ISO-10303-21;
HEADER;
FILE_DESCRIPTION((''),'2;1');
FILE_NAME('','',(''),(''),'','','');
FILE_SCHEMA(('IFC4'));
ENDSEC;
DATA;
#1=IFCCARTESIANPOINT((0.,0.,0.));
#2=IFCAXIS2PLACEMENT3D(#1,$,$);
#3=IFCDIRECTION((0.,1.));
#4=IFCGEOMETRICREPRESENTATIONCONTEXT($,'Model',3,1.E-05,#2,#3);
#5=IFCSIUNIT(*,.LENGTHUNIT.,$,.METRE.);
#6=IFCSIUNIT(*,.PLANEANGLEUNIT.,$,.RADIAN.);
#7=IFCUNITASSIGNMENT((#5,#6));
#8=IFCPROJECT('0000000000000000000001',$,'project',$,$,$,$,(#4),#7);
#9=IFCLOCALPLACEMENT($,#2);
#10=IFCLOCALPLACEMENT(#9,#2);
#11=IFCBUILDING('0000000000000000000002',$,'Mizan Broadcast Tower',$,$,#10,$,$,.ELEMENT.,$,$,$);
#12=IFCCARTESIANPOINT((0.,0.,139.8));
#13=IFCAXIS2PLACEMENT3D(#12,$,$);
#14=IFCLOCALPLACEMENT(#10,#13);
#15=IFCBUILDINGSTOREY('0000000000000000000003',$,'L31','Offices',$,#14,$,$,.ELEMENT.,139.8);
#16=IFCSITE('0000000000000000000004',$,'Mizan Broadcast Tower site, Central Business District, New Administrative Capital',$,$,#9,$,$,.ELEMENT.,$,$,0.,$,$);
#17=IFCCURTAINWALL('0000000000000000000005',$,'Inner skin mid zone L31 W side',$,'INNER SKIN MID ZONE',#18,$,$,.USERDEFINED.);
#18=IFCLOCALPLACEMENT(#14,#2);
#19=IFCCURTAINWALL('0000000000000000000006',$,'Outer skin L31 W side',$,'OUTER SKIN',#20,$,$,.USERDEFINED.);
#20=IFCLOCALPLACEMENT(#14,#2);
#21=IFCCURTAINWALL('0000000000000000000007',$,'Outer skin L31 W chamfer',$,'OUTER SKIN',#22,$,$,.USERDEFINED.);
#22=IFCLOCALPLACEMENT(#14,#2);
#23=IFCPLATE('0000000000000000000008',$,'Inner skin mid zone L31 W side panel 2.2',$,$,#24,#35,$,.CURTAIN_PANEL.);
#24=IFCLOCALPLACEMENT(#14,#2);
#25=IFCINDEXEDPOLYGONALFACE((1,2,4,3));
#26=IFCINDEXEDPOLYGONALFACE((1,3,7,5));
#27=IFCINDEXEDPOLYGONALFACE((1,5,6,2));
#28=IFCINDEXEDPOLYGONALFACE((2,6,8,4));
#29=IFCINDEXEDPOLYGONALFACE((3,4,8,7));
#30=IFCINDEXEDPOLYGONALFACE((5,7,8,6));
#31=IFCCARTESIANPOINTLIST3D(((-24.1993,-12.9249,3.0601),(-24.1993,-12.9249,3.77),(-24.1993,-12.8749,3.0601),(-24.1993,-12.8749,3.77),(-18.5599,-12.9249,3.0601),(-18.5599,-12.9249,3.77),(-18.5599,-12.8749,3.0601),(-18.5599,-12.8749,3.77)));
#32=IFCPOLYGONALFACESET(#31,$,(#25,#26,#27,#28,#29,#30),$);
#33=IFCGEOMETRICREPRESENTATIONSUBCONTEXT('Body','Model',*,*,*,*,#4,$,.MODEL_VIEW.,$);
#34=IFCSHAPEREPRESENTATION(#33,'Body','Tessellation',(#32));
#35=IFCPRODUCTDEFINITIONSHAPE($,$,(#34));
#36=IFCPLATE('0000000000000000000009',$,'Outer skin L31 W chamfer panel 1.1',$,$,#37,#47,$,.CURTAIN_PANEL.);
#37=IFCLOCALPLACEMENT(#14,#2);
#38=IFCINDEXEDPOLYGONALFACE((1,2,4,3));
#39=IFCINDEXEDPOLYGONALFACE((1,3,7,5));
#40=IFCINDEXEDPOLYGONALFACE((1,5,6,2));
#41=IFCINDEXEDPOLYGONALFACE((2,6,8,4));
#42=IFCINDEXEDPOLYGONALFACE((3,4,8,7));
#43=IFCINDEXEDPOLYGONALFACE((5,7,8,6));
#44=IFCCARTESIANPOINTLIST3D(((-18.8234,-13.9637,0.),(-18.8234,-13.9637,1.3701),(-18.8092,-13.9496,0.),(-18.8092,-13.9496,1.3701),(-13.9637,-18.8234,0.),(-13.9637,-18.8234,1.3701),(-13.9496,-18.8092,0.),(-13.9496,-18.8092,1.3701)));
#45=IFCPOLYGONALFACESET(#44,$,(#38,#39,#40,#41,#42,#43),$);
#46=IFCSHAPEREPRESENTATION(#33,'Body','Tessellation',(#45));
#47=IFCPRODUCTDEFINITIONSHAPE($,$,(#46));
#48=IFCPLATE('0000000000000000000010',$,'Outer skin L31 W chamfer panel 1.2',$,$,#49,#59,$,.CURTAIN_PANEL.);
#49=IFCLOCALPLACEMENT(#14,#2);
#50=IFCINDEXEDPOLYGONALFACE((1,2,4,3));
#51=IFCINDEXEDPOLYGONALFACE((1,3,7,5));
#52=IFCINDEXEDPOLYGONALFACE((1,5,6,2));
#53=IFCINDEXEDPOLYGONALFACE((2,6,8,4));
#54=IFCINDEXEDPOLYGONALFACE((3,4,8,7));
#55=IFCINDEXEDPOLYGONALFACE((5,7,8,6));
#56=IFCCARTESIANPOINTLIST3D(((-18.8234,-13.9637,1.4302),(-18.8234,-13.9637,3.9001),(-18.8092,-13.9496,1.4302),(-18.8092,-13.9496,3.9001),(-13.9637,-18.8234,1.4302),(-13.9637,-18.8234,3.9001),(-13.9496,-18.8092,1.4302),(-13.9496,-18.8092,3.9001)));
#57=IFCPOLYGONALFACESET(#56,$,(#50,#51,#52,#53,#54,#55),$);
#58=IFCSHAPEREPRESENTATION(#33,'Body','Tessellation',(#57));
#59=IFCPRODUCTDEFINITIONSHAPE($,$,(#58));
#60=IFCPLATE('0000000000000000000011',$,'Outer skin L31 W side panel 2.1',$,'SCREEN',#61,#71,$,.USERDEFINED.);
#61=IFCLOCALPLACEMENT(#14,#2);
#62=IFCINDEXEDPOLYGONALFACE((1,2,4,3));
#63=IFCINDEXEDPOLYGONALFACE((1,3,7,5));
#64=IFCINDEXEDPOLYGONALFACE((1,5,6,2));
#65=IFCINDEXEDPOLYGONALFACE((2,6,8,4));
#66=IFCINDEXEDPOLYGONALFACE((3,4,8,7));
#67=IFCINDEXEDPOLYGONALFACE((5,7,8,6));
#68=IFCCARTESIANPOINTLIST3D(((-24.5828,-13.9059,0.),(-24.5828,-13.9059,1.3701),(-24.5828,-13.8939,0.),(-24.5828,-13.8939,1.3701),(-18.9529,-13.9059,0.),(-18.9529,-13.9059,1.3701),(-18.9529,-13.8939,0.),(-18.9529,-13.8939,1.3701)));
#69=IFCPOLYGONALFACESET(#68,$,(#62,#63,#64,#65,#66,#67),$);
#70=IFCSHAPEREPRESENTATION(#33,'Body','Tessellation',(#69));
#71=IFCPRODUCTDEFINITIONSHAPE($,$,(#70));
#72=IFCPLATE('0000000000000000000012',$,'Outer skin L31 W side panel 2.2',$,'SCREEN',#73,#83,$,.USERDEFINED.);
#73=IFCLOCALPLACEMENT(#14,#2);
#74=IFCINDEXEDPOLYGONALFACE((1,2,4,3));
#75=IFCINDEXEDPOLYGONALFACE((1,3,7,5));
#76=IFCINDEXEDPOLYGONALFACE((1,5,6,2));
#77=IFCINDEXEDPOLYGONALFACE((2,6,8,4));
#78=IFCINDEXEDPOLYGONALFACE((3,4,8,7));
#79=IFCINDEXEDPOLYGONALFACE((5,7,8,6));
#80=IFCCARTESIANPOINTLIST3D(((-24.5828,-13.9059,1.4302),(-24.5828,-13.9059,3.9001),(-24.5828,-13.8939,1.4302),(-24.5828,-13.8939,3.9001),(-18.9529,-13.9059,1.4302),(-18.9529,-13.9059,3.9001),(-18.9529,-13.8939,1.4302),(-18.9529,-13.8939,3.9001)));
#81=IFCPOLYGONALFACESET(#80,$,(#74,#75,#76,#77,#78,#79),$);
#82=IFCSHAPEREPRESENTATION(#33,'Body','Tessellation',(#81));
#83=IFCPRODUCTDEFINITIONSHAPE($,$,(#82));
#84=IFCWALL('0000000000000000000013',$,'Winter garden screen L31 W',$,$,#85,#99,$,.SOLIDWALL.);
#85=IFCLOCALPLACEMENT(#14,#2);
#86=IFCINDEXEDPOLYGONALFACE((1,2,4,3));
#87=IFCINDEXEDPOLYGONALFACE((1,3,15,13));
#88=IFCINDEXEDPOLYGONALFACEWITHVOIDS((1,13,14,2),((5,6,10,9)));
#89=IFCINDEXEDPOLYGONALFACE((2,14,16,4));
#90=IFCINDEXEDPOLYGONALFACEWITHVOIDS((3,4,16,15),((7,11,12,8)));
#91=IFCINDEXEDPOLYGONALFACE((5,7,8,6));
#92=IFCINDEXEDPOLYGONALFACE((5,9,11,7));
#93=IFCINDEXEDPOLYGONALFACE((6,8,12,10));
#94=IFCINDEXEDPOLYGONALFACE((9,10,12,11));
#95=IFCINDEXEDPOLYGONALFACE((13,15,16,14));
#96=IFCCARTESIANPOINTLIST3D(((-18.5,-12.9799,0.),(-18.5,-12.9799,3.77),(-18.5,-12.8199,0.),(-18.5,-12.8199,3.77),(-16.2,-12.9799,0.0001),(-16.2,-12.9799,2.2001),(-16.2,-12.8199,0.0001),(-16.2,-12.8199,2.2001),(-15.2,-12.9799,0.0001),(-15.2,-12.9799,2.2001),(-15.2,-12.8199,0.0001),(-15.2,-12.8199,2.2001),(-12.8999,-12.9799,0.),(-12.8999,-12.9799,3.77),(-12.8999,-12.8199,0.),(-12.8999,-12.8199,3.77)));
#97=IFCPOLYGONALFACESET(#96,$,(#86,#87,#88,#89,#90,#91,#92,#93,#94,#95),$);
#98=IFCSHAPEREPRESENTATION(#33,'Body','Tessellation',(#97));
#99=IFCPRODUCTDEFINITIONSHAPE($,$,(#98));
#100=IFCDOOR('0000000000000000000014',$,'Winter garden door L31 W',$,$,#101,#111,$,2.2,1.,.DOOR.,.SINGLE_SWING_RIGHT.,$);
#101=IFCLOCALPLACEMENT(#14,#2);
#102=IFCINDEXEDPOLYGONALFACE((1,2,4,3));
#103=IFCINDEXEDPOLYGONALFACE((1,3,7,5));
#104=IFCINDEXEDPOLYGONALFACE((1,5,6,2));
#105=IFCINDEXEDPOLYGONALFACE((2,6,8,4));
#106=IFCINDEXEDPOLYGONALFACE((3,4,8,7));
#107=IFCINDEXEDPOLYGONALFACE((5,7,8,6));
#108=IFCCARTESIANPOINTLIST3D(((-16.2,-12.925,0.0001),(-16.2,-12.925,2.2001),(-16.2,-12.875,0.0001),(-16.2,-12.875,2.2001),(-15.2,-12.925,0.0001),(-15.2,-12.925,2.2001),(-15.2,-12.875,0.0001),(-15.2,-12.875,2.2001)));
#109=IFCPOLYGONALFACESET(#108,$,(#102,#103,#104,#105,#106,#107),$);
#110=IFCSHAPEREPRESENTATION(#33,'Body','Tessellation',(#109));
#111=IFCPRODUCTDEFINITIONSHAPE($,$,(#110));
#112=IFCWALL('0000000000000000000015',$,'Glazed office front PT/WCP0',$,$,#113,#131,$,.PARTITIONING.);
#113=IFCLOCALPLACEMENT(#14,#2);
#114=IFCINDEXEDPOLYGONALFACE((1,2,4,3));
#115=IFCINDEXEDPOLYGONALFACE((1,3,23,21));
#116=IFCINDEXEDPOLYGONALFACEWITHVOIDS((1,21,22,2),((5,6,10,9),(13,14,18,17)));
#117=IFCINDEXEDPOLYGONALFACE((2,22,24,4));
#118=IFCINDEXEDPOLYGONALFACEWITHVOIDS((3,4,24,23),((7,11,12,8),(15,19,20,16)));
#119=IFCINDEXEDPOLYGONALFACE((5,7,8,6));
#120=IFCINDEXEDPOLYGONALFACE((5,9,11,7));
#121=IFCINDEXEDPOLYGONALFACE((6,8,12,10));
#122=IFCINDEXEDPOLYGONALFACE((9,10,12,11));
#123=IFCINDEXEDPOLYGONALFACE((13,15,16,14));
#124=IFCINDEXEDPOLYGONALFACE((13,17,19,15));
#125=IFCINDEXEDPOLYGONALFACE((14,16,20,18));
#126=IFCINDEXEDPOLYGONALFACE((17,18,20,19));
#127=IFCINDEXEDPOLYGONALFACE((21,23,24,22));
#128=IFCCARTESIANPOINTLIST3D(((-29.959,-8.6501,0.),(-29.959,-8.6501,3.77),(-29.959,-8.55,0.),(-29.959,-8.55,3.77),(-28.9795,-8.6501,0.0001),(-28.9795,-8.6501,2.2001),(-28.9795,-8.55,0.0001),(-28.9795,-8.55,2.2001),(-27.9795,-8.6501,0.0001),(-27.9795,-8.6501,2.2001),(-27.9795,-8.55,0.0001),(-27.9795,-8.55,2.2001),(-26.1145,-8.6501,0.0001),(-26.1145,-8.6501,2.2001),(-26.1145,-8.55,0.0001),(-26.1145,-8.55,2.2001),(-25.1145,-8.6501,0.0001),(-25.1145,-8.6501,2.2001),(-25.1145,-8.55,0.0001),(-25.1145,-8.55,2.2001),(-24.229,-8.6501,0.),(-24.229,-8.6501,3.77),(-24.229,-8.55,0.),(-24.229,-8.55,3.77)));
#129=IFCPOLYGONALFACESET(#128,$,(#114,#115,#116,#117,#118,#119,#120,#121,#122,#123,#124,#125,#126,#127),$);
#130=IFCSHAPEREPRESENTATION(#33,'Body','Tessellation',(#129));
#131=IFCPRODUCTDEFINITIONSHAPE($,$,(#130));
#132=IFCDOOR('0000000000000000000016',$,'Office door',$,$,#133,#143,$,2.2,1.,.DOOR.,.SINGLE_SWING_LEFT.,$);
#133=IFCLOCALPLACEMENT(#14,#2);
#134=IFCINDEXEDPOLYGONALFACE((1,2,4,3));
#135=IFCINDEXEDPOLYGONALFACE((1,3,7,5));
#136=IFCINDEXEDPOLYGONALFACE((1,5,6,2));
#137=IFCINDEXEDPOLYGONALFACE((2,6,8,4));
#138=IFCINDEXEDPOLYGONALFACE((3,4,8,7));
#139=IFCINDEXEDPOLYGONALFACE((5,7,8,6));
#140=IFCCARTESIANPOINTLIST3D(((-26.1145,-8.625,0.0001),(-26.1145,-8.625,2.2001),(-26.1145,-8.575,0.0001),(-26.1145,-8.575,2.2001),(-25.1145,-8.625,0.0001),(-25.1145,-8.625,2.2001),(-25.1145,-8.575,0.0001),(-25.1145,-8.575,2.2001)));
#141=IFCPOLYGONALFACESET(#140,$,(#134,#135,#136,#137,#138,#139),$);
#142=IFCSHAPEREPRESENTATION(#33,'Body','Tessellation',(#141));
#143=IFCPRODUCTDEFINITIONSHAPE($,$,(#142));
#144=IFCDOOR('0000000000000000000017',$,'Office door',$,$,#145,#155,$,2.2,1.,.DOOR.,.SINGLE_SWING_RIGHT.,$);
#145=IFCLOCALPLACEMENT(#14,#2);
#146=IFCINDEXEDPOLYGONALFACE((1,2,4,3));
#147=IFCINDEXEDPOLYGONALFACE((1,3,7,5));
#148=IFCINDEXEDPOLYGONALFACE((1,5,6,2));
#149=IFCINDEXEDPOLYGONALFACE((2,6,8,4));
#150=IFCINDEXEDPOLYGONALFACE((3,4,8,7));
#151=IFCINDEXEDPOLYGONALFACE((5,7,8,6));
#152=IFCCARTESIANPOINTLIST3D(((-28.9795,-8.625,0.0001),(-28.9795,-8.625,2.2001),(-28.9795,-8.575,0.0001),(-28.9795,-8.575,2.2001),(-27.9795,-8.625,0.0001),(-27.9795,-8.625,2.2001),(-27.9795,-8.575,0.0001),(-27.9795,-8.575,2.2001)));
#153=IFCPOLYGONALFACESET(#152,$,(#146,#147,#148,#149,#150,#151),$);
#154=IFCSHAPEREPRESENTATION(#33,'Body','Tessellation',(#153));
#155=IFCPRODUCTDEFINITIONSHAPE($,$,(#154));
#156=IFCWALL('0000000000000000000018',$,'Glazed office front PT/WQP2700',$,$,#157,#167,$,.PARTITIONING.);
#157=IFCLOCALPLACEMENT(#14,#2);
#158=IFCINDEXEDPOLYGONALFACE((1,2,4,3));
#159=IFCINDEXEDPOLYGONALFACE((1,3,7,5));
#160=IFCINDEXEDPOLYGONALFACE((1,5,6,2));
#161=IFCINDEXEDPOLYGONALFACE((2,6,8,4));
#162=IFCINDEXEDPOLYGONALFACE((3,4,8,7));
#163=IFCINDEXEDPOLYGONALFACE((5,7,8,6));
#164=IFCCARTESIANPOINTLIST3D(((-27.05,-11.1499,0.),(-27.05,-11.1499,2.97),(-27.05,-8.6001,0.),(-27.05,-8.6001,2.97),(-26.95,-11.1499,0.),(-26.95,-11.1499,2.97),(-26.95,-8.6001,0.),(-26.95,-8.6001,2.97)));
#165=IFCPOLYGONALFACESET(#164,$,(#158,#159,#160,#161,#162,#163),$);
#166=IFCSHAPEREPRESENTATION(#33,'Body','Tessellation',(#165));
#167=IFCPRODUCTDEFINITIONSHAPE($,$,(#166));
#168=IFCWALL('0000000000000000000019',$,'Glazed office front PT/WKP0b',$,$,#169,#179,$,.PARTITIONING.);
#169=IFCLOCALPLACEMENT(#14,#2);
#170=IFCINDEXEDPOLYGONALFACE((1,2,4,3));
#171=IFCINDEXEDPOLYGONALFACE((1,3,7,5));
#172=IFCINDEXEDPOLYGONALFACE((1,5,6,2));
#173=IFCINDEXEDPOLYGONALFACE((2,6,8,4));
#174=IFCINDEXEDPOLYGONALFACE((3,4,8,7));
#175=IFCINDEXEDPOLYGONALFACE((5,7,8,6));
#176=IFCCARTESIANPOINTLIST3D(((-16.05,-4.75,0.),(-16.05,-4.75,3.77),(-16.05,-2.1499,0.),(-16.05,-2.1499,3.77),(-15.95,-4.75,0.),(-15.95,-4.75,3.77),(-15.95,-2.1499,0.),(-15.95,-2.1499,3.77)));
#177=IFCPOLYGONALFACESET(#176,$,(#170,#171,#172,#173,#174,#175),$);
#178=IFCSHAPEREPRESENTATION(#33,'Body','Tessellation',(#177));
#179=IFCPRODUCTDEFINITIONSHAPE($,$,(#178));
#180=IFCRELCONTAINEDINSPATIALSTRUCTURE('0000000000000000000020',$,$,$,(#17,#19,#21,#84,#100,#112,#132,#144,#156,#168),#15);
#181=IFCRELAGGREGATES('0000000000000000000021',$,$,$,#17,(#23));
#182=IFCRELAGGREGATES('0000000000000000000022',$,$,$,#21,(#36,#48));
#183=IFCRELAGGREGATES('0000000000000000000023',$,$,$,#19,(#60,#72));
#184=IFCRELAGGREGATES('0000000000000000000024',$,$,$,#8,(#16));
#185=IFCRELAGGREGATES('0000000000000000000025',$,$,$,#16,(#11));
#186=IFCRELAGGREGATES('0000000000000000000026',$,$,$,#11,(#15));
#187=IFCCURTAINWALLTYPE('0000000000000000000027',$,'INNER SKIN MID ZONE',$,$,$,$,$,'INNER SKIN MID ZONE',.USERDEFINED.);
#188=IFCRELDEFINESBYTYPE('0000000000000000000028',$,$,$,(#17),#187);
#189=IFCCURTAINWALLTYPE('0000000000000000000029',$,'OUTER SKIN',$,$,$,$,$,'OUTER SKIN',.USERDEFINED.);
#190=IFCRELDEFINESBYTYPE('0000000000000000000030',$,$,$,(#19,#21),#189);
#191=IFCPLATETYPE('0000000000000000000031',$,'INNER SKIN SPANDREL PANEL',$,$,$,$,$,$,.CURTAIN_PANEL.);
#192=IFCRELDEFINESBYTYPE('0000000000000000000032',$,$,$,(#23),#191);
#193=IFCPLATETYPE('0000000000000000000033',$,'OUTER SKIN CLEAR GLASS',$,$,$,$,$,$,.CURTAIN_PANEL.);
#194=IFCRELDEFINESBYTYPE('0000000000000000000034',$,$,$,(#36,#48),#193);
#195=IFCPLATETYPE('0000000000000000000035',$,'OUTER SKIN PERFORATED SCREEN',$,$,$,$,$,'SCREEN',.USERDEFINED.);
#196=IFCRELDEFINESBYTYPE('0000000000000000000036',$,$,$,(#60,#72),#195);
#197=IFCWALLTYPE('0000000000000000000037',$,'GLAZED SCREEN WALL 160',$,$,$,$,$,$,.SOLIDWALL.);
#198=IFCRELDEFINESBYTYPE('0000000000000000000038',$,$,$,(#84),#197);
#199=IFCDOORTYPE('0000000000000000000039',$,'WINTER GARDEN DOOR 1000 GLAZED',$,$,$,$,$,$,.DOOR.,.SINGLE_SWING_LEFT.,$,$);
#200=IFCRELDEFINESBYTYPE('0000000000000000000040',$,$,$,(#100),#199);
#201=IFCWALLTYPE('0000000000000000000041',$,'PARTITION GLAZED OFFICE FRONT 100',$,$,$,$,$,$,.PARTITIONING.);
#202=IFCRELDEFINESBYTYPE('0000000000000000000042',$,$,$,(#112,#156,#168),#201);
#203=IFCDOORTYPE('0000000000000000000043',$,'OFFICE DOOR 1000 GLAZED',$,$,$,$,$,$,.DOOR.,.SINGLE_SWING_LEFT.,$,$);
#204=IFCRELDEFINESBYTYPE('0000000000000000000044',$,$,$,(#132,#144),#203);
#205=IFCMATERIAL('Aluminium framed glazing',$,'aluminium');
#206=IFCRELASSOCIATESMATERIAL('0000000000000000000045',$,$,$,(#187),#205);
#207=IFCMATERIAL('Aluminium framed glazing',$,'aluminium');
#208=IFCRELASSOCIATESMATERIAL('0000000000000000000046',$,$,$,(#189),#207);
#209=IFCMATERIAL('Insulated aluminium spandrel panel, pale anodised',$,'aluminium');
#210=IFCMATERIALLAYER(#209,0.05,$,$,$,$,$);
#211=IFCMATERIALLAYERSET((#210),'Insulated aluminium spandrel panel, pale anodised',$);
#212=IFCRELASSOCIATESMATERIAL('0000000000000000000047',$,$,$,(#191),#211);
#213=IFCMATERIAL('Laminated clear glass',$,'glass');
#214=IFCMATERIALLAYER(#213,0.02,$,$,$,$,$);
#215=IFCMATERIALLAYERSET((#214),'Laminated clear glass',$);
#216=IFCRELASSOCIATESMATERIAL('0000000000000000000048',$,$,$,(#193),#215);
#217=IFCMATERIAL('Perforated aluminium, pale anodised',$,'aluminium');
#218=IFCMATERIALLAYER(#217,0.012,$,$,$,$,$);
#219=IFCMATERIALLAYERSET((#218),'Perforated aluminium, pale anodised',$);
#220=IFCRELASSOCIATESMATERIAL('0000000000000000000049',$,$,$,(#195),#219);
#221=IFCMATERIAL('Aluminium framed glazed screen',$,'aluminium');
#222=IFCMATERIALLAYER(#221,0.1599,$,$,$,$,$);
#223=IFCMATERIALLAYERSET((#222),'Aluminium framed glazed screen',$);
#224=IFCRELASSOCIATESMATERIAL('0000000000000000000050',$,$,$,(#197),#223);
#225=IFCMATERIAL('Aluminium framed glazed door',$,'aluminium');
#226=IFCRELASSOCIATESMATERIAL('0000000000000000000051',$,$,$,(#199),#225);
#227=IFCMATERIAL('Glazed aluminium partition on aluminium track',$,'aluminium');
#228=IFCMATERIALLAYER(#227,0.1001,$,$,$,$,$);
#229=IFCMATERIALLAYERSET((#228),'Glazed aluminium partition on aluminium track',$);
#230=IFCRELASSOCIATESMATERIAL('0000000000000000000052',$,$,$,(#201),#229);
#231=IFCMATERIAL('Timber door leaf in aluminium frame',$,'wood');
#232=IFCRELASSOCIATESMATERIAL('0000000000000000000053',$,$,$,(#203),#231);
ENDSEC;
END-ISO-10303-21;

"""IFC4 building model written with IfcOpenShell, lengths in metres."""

from ifc_helpers import new_model, si_unit, direction, frame, frame_2d, origin, origin_2d, place, context, subcontext, project, spatial, rectangle, extrude, material, layer, layer_set, type_object, element, fill, aggregate, save


model = new_model("IFC4")

# Units and contexts
model_context = context("Model", 3, precision=1e-05, world=origin(), true_north=direction((0.0, 1.0)))
body_context = subcontext(model_context, "Body", "Model", "MODEL_VIEW")
ifc_project = project(units=[si_unit("LENGTHUNIT", "METRE"), si_unit("PLANEANGLEUNIT", "RADIAN")], contexts=[model_context])

# Site, building, storey
site_placement = place(None, origin())
site = spatial("IfcSite", under=ifc_project, at=site_placement, Name="Mizan Broadcast Tower site, Central Business District, New Administrative Capital", CompositionType="ELEMENT", RefElevation=0.0)
building_placement = place(site_placement, origin())
building = spatial("IfcBuilding", under=site, at=building_placement, Name="Mizan Broadcast Tower", CompositionType="ELEMENT")
storey_placement = place(building_placement, frame((0.0, 0.0, 139.8)))
storey = spatial("IfcBuildingStorey", under=building, at=storey_placement, Name="L31", Description="Offices", CompositionType="ELEMENT", Elevation=139.8)

# Curtain walls
ifc_material_1 = material(Name="Aluminium framed glazing", Category="aluminium")
curtain_wall_type_1 = type_object("IfcCurtainWallType", Name="INNER SKIN MID ZONE", ElementType="INNER SKIN MID ZONE", PredefinedType="USERDEFINED", material=ifc_material_1)
curtain_wall_1_placement = place(storey_placement, origin())
curtain_wall_1 = element("IfcCurtainWall", 1, at=curtain_wall_1_placement, inside=storey, type_object=curtain_wall_type_1, Name="Inner skin mid zone L31 W side", ObjectType="INNER SKIN MID ZONE", PredefinedType="USERDEFINED")
ifc_material_2 = material(Name="Aluminium framed glazing", Category="aluminium")
curtain_wall_type_2 = type_object("IfcCurtainWallType", Name="OUTER SKIN", ElementType="OUTER SKIN", PredefinedType="USERDEFINED", material=ifc_material_2)
curtain_wall_2_placement = place(storey_placement, origin())
curtain_wall_2 = element("IfcCurtainWall", 2, at=curtain_wall_2_placement, inside=storey, type_object=curtain_wall_type_2, Name="Outer skin L31 W side", ObjectType="OUTER SKIN", PredefinedType="USERDEFINED")

# Curtain wall
curtain_wall_3_placement = place(storey_placement, origin())
curtain_wall_3 = element("IfcCurtainWall", 3, at=curtain_wall_3_placement, inside=storey, type_object=curtain_wall_type_2, Name="Outer skin L31 W chamfer", ObjectType="OUTER SKIN", PredefinedType="USERDEFINED")

# Plates
ifc_material_3 = material(Name="Insulated aluminium spandrel panel, pale anodised", Category="aluminium")
ifc_layer_1 = layer(ifc_material_3, 0.05)
ifc_layer_set_1 = layer_set([ifc_layer_1], Name="Insulated aluminium spandrel panel, pale anodised")
plate_type_1 = type_object("IfcPlateType", Name="INNER SKIN SPANDREL PANEL", PredefinedType="CURTAIN_PANEL", material=ifc_layer_set_1)
plate_1_placement = place(storey_placement, frame((-21.3796, -12.8999, 3.0601), z_axis=(0.0, 0.0, 1.0), x_axis=(1.0, 0.0, 0.0)))
plate_1 = element("IfcPlate", 4, at=plate_1_placement, type_object=plate_type_1, Name="Inner skin mid zone L31 W side panel 2.2", PredefinedType="CURTAIN_PANEL", context=body_context, shape_type="SweptSolid", body=[
    extrude(rectangle(XDim=5.6394, YDim=0.05, at=origin_2d()), origin(), (0.0, 0.0, 1.0), 0.71),
])
aggregate(curtain_wall_1, [plate_1])
ifc_material_4 = material(Name="Laminated clear glass", Category="glass")
ifc_layer_2 = layer(ifc_material_4, 0.02)
ifc_layer_set_2 = layer_set([ifc_layer_2], Name="Laminated clear glass")
plate_type_2 = type_object("IfcPlateType", Name="OUTER SKIN CLEAR GLASS", PredefinedType="CURTAIN_PANEL", material=ifc_layer_set_2)
plate_2_placement = place(storey_placement, frame((-16.3865, -16.3865, 0.0), z_axis=(0.0, 0.0, 1.0), x_axis=(0.707107, -0.707107, 0.0)))
plate_2 = element("IfcPlate", 5, at=plate_2_placement, type_object=plate_type_2, Name="Outer skin L31 W chamfer panel 1.1", PredefinedType="CURTAIN_PANEL", context=body_context, shape_type="SweptSolid", body=[
    extrude(rectangle(XDim=6.8726, YDim=0.02, at=origin_2d()), origin(), (0.0, 0.0, 1.0), 1.3701),
])
plate_3_placement = place(storey_placement, frame((-16.3865, -16.3865, 1.4302), z_axis=(0.0, 0.0, 1.0), x_axis=(0.707107, -0.707107, 0.0)))
plate_3 = element("IfcPlate", 6, at=plate_3_placement, type_object=plate_type_2, Name="Outer skin L31 W chamfer panel 1.2", PredefinedType="CURTAIN_PANEL", context=body_context, shape_type="SweptSolid", body=[
    extrude(rectangle(XDim=6.8726, YDim=0.02, at=origin_2d()), origin(), (0.0, 0.0, 1.0), 2.47),
])
aggregate(curtain_wall_3, [plate_2, plate_3])
ifc_material_5 = material(Name="Perforated aluminium, pale anodised", Category="aluminium")
ifc_layer_3 = layer(ifc_material_5, 0.012)
ifc_layer_set_3 = layer_set([ifc_layer_3], Name="Perforated aluminium, pale anodised")
plate_type_3 = type_object("IfcPlateType", Name="OUTER SKIN PERFORATED SCREEN", ElementType="SCREEN", PredefinedType="USERDEFINED", material=ifc_layer_set_3)
plate_4_placement = place(storey_placement, frame((-21.7678, -13.8999, 0.0), z_axis=(0.0, 0.0, 1.0), x_axis=(1.0, 0.0, 0.0)))
plate_4 = element("IfcPlate", 7, at=plate_4_placement, type_object=plate_type_3, Name="Outer skin L31 W side panel 2.1", ObjectType="SCREEN", PredefinedType="USERDEFINED", context=body_context, shape_type="SweptSolid", body=[
    extrude(rectangle(XDim=5.6299, YDim=0.012, at=origin_2d()), origin(), (0.0, 0.0, 1.0), 1.3701),
])
plate_5_placement = place(storey_placement, frame((-21.7678, -13.8999, 1.4302), z_axis=(0.0, 0.0, 1.0), x_axis=(1.0, 0.0, 0.0)))
plate_5 = element("IfcPlate", 8, at=plate_5_placement, type_object=plate_type_3, Name="Outer skin L31 W side panel 2.2", ObjectType="SCREEN", PredefinedType="USERDEFINED", context=body_context, shape_type="SweptSolid", body=[
    extrude(rectangle(XDim=5.6299, YDim=0.012, at=origin_2d()), origin(), (0.0, 0.0, 1.0), 2.47),
])
aggregate(curtain_wall_2, [plate_4, plate_5])

# Wall, opening, door
ifc_material_6 = material(Name="Aluminium framed glazed screen", Category="aluminium")
ifc_layer_4 = layer(ifc_material_6, 0.1599)
ifc_layer_set_4 = layer_set([ifc_layer_4], Name="Aluminium framed glazed screen")
wall_type_1 = type_object("IfcWallType", Name="GLAZED SCREEN WALL 160", PredefinedType="SOLIDWALL", material=ifc_layer_set_4)
wall_1_placement = place(storey_placement, frame((-18.5, -12.8999, 0.0), z_axis=(0.0, 0.0, 1.0), x_axis=(1.0, 0.0, 0.0)))
wall_1 = element("IfcWall", 9, at=wall_1_placement, inside=storey, type_object=wall_type_1, Name="Winter garden screen L31 W", PredefinedType="SOLIDWALL", context=body_context, shape_type="SweptSolid", body=[
    extrude(rectangle(XDim=5.6001, YDim=0.1599, at=frame_2d((2.8, 0.0))), origin(), (0.0, 0.0, 1.0), 3.77),
])
opening_1_placement = place(wall_1_placement, frame((2.3, 0.0, 0.0)))
opening_1 = element("IfcOpeningElement", 10, at=opening_1_placement, cuts=wall_1, PredefinedType="OPENING", context=body_context, shape_type="SweptSolid", body=[
    extrude(rectangle(XDim=1.0, YDim=2.2, at=frame_2d((0.5, 1.1001))), frame((0.0, 0.0898, 0.0), z_axis=(0.0, -1.0, 0.0), x_axis=(1.0, 0.0, 0.0)), (0.0, 0.0, 1.0), 0.1799),
])
ifc_material_7 = material(Name="Aluminium framed glazed door", Category="aluminium")
door_type_1 = type_object("IfcDoorType", Name="WINTER GARDEN DOOR 1000 GLAZED", OperationType="SINGLE_SWING_LEFT", PredefinedType="DOOR", material=ifc_material_7)
door_1_placement = place(opening_1_placement, origin())
door_1 = element("IfcDoor", 11, at=door_1_placement, inside=storey, type_object=door_type_1, Name="Winter garden door L31 W", OperationType="SINGLE_SWING_RIGHT", OverallHeight=2.2, OverallWidth=1.0, PredefinedType="DOOR", context=body_context, shape_type="SweptSolid", body=[
    extrude(rectangle(XDim=1.0, YDim=2.2, at=frame_2d((0.5, 1.1001))), frame((0.0, 0.0249, 0.0), z_axis=(0.0, -1.0, 0.0), x_axis=(1.0, 0.0, 0.0)), (0.0, 0.0, 1.0), 0.05),
])
fill(opening_1, door_1)

# Wall, openings, doors
ifc_material_8 = material(Name="Glazed aluminium partition on aluminium track", Category="aluminium")
ifc_layer_5 = layer(ifc_material_8, 0.1001)
ifc_layer_set_5 = layer_set([ifc_layer_5], Name="Glazed aluminium partition on aluminium track")
wall_type_2 = type_object("IfcWallType", Name="PARTITION GLAZED OFFICE FRONT 100", PredefinedType="PARTITIONING", material=ifc_layer_set_5)
wall_2_placement = place(storey_placement, frame((-24.229, -8.6001, 0.0), z_axis=(0.0, 0.0, 1.0), x_axis=(-1.0, 0.0, 0.0)))
wall_2 = element("IfcWall", 12, at=wall_2_placement, inside=storey, type_object=wall_type_2, Name="Glazed office front PT/WCP0", PredefinedType="PARTITIONING", context=body_context, shape_type="SweptSolid", body=[
    extrude(rectangle(XDim=5.73, YDim=0.1001, at=frame_2d((2.865, 0.0))), origin(), (0.0, 0.0, 1.0), 3.77),
])
opening_2_placement = place(wall_2_placement, frame((0.8855, 0.0, 0.0)))
opening_2 = element("IfcOpeningElement", 13, at=opening_2_placement, cuts=wall_2, PredefinedType="OPENING", context=body_context, shape_type="SweptSolid", body=[
    extrude(rectangle(XDim=1.0, YDim=2.2, at=frame_2d((0.5, 1.1001))), frame((0.0, 0.0601, 0.0), z_axis=(0.0, -1.0, 0.0), x_axis=(1.0, 0.0, 0.0)), (0.0, 0.0, 1.0), 0.1201),
])
opening_3_placement = place(wall_2_placement, frame((3.7505, 0.0, 0.0)))
opening_3 = element("IfcOpeningElement", 14, at=opening_3_placement, cuts=wall_2, PredefinedType="OPENING", context=body_context, shape_type="SweptSolid", body=[
    extrude(rectangle(XDim=1.0, YDim=2.2, at=frame_2d((0.5, 1.1001))), frame((0.0, 0.0601, 0.0), z_axis=(0.0, -1.0, 0.0), x_axis=(1.0, 0.0, 0.0)), (0.0, 0.0, 1.0), 0.1201),
])
ifc_material_9 = material(Name="Timber door leaf in aluminium frame", Category="wood")
door_type_2 = type_object("IfcDoorType", Name="OFFICE DOOR 1000 GLAZED", OperationType="SINGLE_SWING_LEFT", PredefinedType="DOOR", material=ifc_material_9)
door_2_placement = place(opening_2_placement, origin())
door_2 = element("IfcDoor", 15, at=door_2_placement, inside=storey, type_object=door_type_2, Name="Office door", OperationType="SINGLE_SWING_LEFT", OverallHeight=2.2, OverallWidth=1.0, PredefinedType="DOOR", context=body_context, shape_type="SweptSolid", body=[
    extrude(rectangle(XDim=1.0, YDim=2.2, at=frame_2d((0.5, 1.1001))), frame((0.0, 0.0249, 0.0), z_axis=(0.0, -1.0, 0.0), x_axis=(1.0, 0.0, 0.0)), (0.0, 0.0, 1.0), 0.05),
])
fill(opening_2, door_2)
door_3_placement = place(opening_3_placement, origin())
door_3 = element("IfcDoor", 16, at=door_3_placement, inside=storey, type_object=door_type_2, Name="Office door", OperationType="SINGLE_SWING_RIGHT", OverallHeight=2.2, OverallWidth=1.0, PredefinedType="DOOR", context=body_context, shape_type="SweptSolid", body=[
    extrude(rectangle(XDim=1.0, YDim=2.2, at=frame_2d((0.5, 1.1001))), frame((0.0, 0.0249, 0.0), z_axis=(0.0, -1.0, 0.0), x_axis=(1.0, 0.0, 0.0)), (0.0, 0.0, 1.0), 0.05),
])
fill(opening_3, door_3)

# Walls
wall_3_placement = place(storey_placement, frame((-27.0, -8.6001, 0.0), z_axis=(0.0, 0.0, 1.0), x_axis=(0.0, -1.0, 0.0)))
element("IfcWall", 17, at=wall_3_placement, inside=storey, type_object=wall_type_2, Name="Glazed office front PT/WQP2700", PredefinedType="PARTITIONING", context=body_context, shape_type="SweptSolid", body=[
    extrude(rectangle(XDim=2.5498, YDim=0.1001, at=frame_2d((1.2749, 0.0))), origin(), (0.0, 0.0, 1.0), 2.97),
])
for number, where, z_axis, x_axis, name in (
    (18, (-16.0, -2.1499, 0.0), (0.0, 0.0, 1.0), (0.0, -1.0, 0.0), "Glazed office front PT/WKP0b"),
):
    element("IfcWall", number, at=place(storey_placement, frame(where, z_axis=z_axis, x_axis=x_axis)), inside=storey, type_object=wall_type_2, Name=name, PredefinedType="PARTITIONING", context=body_context, shape_type="SweptSolid", body=[
        extrude(rectangle(XDim=2.6001, YDim=0.1001, at=frame_2d((1.3, 0.0))), origin(), (0.0, 0.0, 1.0), 3.77),
    ])

save(model, "model.ifc")
